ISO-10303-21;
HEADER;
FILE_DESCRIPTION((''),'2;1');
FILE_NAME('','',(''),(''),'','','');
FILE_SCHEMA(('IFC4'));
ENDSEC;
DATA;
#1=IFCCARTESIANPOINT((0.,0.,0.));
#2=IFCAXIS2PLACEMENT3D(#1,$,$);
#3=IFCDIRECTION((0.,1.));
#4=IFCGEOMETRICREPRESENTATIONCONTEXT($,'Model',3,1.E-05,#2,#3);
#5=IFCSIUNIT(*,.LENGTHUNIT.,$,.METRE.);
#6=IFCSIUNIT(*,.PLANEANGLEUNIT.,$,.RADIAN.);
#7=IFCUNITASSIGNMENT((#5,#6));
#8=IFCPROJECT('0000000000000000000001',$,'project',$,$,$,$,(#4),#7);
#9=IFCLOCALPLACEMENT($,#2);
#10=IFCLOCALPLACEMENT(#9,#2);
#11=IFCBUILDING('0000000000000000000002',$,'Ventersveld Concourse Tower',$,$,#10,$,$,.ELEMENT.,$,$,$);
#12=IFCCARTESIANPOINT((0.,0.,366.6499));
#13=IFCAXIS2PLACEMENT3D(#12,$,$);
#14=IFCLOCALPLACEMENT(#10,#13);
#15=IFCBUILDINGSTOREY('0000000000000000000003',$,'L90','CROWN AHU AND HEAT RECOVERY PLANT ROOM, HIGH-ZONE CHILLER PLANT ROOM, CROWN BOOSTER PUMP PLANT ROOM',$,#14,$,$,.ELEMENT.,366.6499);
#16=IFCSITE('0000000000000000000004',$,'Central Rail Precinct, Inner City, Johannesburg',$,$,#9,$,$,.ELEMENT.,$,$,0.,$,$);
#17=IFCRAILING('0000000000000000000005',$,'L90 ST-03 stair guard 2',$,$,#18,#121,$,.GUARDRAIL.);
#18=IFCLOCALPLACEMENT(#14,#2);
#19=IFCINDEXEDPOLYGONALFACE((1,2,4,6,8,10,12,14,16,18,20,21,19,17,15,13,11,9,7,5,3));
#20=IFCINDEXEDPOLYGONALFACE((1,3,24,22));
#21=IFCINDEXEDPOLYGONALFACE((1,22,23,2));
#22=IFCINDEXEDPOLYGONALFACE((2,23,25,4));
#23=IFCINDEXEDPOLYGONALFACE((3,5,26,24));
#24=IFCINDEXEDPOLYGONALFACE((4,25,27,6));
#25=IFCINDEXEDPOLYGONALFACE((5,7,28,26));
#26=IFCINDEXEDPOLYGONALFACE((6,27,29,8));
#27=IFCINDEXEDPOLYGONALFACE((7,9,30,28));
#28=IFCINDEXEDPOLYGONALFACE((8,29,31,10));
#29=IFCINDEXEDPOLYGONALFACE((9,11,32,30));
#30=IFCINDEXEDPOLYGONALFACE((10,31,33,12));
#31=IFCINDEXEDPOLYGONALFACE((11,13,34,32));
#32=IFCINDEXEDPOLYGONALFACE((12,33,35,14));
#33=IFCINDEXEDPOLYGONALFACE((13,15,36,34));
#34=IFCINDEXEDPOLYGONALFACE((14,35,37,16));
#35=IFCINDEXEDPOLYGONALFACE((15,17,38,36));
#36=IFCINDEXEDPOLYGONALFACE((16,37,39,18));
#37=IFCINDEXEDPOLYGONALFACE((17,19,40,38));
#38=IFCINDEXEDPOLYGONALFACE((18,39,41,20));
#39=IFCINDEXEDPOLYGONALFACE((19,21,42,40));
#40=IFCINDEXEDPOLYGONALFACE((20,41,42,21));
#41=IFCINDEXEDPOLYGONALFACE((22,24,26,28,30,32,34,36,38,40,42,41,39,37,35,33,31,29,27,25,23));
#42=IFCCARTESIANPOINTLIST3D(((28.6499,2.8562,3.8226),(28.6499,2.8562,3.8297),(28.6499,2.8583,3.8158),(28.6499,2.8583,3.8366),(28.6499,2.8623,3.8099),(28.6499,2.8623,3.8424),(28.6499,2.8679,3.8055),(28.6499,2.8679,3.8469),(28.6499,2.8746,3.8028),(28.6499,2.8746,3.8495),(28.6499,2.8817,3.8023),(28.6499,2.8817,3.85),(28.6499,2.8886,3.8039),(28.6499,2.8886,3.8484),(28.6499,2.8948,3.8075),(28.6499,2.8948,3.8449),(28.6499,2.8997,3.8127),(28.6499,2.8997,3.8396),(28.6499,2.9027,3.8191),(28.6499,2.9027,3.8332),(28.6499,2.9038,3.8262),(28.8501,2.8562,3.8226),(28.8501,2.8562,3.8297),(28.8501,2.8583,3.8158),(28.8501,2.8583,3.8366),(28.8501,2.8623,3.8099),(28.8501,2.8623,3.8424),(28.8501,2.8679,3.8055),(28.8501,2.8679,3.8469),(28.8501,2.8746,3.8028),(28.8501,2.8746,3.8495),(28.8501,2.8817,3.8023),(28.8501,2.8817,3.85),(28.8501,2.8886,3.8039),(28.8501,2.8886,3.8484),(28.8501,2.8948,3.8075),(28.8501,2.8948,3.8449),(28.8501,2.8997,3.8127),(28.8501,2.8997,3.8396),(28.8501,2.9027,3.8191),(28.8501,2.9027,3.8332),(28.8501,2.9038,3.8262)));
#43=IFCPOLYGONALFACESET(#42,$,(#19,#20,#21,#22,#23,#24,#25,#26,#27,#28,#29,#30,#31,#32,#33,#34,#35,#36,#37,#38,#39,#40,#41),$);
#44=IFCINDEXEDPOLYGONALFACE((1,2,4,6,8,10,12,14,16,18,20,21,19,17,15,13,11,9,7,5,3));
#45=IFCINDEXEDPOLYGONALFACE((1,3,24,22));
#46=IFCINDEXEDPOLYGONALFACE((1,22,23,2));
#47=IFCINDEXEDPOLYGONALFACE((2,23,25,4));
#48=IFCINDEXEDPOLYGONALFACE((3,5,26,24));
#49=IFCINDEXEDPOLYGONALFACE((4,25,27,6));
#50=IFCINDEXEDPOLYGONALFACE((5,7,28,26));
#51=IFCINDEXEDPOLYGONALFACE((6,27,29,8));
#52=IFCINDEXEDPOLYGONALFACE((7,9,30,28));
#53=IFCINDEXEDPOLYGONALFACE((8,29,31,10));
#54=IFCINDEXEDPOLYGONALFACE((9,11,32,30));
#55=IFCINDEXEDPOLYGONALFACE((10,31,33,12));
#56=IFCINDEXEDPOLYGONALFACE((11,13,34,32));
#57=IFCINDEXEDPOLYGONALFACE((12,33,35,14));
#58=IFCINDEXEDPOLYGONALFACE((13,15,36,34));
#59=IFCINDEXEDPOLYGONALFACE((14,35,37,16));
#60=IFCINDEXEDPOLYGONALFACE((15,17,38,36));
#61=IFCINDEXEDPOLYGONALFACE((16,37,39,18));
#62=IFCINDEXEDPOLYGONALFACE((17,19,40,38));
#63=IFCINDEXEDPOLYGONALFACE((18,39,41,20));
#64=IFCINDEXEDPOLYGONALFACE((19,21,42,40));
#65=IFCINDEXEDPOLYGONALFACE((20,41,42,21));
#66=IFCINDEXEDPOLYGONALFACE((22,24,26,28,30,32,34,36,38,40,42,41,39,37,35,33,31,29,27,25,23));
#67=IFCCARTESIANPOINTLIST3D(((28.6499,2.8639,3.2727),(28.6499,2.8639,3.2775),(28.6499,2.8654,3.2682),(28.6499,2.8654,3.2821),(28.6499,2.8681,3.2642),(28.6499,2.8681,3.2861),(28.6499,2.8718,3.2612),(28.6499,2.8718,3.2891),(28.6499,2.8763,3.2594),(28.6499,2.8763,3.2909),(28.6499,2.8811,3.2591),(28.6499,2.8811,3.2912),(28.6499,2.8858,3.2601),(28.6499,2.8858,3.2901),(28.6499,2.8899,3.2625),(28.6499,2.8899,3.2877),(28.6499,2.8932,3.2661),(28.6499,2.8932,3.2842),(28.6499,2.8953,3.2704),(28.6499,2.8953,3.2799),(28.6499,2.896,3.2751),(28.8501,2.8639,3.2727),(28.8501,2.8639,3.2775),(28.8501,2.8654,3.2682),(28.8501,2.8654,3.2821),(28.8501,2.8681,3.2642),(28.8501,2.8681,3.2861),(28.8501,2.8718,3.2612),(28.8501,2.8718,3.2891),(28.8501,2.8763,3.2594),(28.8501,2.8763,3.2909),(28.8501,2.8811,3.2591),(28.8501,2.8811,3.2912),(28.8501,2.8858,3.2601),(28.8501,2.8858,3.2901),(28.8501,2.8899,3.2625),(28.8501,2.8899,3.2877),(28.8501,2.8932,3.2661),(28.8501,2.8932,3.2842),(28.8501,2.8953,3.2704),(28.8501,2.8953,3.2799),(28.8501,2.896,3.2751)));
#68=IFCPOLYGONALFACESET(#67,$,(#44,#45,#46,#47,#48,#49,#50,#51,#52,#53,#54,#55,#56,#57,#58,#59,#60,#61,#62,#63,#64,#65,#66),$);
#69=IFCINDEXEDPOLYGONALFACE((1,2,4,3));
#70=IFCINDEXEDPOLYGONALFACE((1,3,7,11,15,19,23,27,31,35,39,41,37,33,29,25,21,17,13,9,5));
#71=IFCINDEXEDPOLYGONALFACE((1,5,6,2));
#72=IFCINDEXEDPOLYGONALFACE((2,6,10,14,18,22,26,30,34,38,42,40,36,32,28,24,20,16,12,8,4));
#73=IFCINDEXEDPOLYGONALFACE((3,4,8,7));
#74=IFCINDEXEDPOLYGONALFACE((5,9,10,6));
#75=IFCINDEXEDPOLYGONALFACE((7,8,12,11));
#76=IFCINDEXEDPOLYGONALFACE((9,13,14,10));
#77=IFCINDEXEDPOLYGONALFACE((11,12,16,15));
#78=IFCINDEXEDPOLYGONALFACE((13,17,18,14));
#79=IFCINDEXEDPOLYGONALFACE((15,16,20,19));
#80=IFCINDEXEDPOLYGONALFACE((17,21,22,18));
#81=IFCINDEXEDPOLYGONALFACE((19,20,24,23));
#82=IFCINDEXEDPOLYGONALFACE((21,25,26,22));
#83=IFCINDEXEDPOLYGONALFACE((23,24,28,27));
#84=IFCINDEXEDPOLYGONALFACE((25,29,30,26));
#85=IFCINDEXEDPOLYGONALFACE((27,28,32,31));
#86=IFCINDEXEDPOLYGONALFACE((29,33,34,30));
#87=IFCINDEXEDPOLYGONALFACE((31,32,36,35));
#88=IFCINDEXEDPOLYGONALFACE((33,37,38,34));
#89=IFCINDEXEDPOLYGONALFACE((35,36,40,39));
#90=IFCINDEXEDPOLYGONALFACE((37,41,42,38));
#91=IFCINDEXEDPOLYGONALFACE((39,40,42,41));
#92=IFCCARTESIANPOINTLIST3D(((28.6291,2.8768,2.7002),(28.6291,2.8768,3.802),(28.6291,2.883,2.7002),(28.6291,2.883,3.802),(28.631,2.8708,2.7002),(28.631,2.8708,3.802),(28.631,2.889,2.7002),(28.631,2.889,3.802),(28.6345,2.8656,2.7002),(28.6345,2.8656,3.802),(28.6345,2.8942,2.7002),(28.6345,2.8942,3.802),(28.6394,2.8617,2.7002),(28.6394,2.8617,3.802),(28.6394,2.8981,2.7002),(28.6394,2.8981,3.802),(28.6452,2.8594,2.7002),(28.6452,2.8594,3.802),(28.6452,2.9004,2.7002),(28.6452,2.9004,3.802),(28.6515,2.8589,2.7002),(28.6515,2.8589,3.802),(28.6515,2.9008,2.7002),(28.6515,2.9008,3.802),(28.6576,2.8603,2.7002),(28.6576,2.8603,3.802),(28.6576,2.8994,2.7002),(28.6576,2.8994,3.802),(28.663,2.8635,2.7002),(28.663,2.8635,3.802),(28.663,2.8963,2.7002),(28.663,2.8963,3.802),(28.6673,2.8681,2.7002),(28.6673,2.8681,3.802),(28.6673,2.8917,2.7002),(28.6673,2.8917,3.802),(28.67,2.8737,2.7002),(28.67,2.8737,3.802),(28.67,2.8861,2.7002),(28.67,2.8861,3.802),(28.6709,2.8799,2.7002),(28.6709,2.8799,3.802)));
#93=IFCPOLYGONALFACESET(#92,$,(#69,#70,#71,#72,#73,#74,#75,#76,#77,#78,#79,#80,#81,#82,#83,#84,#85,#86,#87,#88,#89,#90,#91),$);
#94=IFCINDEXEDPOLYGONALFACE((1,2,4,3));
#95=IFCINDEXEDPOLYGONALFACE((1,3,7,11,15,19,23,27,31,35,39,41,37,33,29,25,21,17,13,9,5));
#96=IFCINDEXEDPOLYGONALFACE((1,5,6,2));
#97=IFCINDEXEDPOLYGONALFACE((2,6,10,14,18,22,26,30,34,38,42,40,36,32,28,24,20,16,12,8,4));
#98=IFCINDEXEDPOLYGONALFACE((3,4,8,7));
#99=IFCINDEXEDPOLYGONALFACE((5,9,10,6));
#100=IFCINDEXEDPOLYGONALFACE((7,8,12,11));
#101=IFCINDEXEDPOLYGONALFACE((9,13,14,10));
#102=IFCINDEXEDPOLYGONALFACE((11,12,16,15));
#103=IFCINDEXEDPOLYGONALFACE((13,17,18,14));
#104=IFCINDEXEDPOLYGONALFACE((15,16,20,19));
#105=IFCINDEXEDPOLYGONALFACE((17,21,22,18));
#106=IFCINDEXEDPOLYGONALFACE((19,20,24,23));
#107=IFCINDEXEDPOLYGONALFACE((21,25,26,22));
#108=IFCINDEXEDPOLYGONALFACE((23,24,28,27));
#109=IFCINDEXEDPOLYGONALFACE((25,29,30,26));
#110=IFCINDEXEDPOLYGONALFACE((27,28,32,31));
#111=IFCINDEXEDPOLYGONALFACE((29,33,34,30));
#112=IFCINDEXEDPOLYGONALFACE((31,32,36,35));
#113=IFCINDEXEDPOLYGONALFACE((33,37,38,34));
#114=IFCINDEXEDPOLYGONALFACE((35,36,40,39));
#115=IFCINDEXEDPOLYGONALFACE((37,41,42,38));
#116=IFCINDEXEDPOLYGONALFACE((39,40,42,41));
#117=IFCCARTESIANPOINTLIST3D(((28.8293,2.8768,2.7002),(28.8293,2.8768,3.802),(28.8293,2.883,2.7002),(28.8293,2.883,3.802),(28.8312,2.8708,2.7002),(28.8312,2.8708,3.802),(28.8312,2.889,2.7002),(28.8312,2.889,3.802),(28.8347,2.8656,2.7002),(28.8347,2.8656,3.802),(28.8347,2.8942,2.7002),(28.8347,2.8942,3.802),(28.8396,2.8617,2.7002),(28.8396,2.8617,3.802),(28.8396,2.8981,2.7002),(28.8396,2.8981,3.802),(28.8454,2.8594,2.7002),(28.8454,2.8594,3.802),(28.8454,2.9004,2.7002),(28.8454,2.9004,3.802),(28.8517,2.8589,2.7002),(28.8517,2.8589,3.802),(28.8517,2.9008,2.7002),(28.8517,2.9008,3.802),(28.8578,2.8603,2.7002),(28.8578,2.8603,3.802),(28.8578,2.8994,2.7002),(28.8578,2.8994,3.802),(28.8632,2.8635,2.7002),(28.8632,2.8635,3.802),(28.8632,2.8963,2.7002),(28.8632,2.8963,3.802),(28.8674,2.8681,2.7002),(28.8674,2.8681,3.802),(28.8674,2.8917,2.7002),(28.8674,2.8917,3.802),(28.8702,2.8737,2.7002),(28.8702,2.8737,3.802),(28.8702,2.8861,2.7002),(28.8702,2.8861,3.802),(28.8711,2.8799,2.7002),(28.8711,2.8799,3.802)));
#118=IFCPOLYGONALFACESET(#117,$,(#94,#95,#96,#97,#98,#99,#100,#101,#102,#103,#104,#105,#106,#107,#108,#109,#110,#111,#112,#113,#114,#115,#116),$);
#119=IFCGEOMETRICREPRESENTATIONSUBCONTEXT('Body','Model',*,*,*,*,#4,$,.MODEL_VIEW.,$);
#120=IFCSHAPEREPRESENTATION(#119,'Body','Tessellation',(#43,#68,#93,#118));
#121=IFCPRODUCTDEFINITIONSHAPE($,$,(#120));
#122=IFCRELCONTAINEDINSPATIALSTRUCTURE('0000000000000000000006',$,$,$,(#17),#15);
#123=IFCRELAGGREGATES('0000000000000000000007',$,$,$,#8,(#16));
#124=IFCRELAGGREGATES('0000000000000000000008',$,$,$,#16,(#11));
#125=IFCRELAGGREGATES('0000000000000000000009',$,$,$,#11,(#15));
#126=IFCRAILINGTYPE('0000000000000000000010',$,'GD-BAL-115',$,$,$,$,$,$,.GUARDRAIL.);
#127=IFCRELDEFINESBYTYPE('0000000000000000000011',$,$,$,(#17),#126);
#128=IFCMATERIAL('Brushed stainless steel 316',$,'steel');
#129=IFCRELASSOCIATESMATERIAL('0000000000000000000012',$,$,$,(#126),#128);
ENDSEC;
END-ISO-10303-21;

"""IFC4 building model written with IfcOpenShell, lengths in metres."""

from ifc_helpers import new_model, si_unit, direction, frame, origin, origin_2d, place, context, subcontext, project, spatial, circle, extrude, material, type_object, element, save


model = new_model("IFC4")

# Units and contexts
model_context = context("Model", 3, precision=1e-05, world=origin(), true_north=direction((0.0, 1.0)))
body_context = subcontext(model_context, "Body", "Model", "MODEL_VIEW")
ifc_project = project(units=[si_unit("LENGTHUNIT", "METRE"), si_unit("PLANEANGLEUNIT", "RADIAN")], contexts=[model_context])

# Site, building, storey
site_placement = place(None, origin())
site = spatial("IfcSite", under=ifc_project, at=site_placement, Name="Central Rail Precinct, Inner City, Johannesburg", CompositionType="ELEMENT", RefElevation=0.0)
building_placement = place(site_placement, origin())
building = spatial("IfcBuilding", under=site, at=building_placement, Name="Ventersveld Concourse Tower", CompositionType="ELEMENT")
storey_placement = place(building_placement, frame((0.0, 0.0, 366.6499)))
storey = spatial("IfcBuildingStorey", under=building, at=storey_placement, Name="L90", Description="CROWN AHU AND HEAT RECOVERY PLANT ROOM, HIGH-ZONE CHILLER PLANT ROOM, CROWN BOOSTER PUMP PLANT ROOM", CompositionType="ELEMENT", Elevation=366.6499)

# Shared definitions
ifc_material_1 = material(Name="Brushed stainless steel 316", Category="steel")

# Railing
railing_type_1 = type_object("IfcRailingType", Name="GD-BAL-115", PredefinedType="GUARDRAIL", material=ifc_material_1)
railing_1_placement = place(storey_placement, frame((28.6499, 2.8799, 2.7002)))
element("IfcRailing", 1, at=railing_1_placement, inside=storey, type_object=railing_type_1, Name="L90 ST-03 stair guard 2", PredefinedType="GUARDRAIL", context=body_context, shape_type="SweptSolid", body=[
    extrude(circle(Radius=0.0239, at=origin_2d()), frame((0.0, 0.0, 1.126), z_axis=(1.0, 0.0, 0.0), x_axis=(0.0, 1.0, 0.0)), (0.0, 0.0, 1.0), 0.2002),
    extrude(circle(Radius=0.0161, at=origin_2d()), frame((0.0, 0.0, 0.575), z_axis=(1.0, 0.0, 0.0), x_axis=(0.0, 1.0, 0.0)), (0.0, 0.0, 1.0), 0.2002),
    extrude(circle(Radius=0.021, at=origin_2d()), origin(), (0.0, 0.0, 1.0), 1.1018),
    extrude(circle(Radius=0.021, at=origin_2d()), frame((0.2002, 0.0, 0.0)), (0.0, 0.0, 1.0), 1.1018),
])

save(model, "model.ifc")
